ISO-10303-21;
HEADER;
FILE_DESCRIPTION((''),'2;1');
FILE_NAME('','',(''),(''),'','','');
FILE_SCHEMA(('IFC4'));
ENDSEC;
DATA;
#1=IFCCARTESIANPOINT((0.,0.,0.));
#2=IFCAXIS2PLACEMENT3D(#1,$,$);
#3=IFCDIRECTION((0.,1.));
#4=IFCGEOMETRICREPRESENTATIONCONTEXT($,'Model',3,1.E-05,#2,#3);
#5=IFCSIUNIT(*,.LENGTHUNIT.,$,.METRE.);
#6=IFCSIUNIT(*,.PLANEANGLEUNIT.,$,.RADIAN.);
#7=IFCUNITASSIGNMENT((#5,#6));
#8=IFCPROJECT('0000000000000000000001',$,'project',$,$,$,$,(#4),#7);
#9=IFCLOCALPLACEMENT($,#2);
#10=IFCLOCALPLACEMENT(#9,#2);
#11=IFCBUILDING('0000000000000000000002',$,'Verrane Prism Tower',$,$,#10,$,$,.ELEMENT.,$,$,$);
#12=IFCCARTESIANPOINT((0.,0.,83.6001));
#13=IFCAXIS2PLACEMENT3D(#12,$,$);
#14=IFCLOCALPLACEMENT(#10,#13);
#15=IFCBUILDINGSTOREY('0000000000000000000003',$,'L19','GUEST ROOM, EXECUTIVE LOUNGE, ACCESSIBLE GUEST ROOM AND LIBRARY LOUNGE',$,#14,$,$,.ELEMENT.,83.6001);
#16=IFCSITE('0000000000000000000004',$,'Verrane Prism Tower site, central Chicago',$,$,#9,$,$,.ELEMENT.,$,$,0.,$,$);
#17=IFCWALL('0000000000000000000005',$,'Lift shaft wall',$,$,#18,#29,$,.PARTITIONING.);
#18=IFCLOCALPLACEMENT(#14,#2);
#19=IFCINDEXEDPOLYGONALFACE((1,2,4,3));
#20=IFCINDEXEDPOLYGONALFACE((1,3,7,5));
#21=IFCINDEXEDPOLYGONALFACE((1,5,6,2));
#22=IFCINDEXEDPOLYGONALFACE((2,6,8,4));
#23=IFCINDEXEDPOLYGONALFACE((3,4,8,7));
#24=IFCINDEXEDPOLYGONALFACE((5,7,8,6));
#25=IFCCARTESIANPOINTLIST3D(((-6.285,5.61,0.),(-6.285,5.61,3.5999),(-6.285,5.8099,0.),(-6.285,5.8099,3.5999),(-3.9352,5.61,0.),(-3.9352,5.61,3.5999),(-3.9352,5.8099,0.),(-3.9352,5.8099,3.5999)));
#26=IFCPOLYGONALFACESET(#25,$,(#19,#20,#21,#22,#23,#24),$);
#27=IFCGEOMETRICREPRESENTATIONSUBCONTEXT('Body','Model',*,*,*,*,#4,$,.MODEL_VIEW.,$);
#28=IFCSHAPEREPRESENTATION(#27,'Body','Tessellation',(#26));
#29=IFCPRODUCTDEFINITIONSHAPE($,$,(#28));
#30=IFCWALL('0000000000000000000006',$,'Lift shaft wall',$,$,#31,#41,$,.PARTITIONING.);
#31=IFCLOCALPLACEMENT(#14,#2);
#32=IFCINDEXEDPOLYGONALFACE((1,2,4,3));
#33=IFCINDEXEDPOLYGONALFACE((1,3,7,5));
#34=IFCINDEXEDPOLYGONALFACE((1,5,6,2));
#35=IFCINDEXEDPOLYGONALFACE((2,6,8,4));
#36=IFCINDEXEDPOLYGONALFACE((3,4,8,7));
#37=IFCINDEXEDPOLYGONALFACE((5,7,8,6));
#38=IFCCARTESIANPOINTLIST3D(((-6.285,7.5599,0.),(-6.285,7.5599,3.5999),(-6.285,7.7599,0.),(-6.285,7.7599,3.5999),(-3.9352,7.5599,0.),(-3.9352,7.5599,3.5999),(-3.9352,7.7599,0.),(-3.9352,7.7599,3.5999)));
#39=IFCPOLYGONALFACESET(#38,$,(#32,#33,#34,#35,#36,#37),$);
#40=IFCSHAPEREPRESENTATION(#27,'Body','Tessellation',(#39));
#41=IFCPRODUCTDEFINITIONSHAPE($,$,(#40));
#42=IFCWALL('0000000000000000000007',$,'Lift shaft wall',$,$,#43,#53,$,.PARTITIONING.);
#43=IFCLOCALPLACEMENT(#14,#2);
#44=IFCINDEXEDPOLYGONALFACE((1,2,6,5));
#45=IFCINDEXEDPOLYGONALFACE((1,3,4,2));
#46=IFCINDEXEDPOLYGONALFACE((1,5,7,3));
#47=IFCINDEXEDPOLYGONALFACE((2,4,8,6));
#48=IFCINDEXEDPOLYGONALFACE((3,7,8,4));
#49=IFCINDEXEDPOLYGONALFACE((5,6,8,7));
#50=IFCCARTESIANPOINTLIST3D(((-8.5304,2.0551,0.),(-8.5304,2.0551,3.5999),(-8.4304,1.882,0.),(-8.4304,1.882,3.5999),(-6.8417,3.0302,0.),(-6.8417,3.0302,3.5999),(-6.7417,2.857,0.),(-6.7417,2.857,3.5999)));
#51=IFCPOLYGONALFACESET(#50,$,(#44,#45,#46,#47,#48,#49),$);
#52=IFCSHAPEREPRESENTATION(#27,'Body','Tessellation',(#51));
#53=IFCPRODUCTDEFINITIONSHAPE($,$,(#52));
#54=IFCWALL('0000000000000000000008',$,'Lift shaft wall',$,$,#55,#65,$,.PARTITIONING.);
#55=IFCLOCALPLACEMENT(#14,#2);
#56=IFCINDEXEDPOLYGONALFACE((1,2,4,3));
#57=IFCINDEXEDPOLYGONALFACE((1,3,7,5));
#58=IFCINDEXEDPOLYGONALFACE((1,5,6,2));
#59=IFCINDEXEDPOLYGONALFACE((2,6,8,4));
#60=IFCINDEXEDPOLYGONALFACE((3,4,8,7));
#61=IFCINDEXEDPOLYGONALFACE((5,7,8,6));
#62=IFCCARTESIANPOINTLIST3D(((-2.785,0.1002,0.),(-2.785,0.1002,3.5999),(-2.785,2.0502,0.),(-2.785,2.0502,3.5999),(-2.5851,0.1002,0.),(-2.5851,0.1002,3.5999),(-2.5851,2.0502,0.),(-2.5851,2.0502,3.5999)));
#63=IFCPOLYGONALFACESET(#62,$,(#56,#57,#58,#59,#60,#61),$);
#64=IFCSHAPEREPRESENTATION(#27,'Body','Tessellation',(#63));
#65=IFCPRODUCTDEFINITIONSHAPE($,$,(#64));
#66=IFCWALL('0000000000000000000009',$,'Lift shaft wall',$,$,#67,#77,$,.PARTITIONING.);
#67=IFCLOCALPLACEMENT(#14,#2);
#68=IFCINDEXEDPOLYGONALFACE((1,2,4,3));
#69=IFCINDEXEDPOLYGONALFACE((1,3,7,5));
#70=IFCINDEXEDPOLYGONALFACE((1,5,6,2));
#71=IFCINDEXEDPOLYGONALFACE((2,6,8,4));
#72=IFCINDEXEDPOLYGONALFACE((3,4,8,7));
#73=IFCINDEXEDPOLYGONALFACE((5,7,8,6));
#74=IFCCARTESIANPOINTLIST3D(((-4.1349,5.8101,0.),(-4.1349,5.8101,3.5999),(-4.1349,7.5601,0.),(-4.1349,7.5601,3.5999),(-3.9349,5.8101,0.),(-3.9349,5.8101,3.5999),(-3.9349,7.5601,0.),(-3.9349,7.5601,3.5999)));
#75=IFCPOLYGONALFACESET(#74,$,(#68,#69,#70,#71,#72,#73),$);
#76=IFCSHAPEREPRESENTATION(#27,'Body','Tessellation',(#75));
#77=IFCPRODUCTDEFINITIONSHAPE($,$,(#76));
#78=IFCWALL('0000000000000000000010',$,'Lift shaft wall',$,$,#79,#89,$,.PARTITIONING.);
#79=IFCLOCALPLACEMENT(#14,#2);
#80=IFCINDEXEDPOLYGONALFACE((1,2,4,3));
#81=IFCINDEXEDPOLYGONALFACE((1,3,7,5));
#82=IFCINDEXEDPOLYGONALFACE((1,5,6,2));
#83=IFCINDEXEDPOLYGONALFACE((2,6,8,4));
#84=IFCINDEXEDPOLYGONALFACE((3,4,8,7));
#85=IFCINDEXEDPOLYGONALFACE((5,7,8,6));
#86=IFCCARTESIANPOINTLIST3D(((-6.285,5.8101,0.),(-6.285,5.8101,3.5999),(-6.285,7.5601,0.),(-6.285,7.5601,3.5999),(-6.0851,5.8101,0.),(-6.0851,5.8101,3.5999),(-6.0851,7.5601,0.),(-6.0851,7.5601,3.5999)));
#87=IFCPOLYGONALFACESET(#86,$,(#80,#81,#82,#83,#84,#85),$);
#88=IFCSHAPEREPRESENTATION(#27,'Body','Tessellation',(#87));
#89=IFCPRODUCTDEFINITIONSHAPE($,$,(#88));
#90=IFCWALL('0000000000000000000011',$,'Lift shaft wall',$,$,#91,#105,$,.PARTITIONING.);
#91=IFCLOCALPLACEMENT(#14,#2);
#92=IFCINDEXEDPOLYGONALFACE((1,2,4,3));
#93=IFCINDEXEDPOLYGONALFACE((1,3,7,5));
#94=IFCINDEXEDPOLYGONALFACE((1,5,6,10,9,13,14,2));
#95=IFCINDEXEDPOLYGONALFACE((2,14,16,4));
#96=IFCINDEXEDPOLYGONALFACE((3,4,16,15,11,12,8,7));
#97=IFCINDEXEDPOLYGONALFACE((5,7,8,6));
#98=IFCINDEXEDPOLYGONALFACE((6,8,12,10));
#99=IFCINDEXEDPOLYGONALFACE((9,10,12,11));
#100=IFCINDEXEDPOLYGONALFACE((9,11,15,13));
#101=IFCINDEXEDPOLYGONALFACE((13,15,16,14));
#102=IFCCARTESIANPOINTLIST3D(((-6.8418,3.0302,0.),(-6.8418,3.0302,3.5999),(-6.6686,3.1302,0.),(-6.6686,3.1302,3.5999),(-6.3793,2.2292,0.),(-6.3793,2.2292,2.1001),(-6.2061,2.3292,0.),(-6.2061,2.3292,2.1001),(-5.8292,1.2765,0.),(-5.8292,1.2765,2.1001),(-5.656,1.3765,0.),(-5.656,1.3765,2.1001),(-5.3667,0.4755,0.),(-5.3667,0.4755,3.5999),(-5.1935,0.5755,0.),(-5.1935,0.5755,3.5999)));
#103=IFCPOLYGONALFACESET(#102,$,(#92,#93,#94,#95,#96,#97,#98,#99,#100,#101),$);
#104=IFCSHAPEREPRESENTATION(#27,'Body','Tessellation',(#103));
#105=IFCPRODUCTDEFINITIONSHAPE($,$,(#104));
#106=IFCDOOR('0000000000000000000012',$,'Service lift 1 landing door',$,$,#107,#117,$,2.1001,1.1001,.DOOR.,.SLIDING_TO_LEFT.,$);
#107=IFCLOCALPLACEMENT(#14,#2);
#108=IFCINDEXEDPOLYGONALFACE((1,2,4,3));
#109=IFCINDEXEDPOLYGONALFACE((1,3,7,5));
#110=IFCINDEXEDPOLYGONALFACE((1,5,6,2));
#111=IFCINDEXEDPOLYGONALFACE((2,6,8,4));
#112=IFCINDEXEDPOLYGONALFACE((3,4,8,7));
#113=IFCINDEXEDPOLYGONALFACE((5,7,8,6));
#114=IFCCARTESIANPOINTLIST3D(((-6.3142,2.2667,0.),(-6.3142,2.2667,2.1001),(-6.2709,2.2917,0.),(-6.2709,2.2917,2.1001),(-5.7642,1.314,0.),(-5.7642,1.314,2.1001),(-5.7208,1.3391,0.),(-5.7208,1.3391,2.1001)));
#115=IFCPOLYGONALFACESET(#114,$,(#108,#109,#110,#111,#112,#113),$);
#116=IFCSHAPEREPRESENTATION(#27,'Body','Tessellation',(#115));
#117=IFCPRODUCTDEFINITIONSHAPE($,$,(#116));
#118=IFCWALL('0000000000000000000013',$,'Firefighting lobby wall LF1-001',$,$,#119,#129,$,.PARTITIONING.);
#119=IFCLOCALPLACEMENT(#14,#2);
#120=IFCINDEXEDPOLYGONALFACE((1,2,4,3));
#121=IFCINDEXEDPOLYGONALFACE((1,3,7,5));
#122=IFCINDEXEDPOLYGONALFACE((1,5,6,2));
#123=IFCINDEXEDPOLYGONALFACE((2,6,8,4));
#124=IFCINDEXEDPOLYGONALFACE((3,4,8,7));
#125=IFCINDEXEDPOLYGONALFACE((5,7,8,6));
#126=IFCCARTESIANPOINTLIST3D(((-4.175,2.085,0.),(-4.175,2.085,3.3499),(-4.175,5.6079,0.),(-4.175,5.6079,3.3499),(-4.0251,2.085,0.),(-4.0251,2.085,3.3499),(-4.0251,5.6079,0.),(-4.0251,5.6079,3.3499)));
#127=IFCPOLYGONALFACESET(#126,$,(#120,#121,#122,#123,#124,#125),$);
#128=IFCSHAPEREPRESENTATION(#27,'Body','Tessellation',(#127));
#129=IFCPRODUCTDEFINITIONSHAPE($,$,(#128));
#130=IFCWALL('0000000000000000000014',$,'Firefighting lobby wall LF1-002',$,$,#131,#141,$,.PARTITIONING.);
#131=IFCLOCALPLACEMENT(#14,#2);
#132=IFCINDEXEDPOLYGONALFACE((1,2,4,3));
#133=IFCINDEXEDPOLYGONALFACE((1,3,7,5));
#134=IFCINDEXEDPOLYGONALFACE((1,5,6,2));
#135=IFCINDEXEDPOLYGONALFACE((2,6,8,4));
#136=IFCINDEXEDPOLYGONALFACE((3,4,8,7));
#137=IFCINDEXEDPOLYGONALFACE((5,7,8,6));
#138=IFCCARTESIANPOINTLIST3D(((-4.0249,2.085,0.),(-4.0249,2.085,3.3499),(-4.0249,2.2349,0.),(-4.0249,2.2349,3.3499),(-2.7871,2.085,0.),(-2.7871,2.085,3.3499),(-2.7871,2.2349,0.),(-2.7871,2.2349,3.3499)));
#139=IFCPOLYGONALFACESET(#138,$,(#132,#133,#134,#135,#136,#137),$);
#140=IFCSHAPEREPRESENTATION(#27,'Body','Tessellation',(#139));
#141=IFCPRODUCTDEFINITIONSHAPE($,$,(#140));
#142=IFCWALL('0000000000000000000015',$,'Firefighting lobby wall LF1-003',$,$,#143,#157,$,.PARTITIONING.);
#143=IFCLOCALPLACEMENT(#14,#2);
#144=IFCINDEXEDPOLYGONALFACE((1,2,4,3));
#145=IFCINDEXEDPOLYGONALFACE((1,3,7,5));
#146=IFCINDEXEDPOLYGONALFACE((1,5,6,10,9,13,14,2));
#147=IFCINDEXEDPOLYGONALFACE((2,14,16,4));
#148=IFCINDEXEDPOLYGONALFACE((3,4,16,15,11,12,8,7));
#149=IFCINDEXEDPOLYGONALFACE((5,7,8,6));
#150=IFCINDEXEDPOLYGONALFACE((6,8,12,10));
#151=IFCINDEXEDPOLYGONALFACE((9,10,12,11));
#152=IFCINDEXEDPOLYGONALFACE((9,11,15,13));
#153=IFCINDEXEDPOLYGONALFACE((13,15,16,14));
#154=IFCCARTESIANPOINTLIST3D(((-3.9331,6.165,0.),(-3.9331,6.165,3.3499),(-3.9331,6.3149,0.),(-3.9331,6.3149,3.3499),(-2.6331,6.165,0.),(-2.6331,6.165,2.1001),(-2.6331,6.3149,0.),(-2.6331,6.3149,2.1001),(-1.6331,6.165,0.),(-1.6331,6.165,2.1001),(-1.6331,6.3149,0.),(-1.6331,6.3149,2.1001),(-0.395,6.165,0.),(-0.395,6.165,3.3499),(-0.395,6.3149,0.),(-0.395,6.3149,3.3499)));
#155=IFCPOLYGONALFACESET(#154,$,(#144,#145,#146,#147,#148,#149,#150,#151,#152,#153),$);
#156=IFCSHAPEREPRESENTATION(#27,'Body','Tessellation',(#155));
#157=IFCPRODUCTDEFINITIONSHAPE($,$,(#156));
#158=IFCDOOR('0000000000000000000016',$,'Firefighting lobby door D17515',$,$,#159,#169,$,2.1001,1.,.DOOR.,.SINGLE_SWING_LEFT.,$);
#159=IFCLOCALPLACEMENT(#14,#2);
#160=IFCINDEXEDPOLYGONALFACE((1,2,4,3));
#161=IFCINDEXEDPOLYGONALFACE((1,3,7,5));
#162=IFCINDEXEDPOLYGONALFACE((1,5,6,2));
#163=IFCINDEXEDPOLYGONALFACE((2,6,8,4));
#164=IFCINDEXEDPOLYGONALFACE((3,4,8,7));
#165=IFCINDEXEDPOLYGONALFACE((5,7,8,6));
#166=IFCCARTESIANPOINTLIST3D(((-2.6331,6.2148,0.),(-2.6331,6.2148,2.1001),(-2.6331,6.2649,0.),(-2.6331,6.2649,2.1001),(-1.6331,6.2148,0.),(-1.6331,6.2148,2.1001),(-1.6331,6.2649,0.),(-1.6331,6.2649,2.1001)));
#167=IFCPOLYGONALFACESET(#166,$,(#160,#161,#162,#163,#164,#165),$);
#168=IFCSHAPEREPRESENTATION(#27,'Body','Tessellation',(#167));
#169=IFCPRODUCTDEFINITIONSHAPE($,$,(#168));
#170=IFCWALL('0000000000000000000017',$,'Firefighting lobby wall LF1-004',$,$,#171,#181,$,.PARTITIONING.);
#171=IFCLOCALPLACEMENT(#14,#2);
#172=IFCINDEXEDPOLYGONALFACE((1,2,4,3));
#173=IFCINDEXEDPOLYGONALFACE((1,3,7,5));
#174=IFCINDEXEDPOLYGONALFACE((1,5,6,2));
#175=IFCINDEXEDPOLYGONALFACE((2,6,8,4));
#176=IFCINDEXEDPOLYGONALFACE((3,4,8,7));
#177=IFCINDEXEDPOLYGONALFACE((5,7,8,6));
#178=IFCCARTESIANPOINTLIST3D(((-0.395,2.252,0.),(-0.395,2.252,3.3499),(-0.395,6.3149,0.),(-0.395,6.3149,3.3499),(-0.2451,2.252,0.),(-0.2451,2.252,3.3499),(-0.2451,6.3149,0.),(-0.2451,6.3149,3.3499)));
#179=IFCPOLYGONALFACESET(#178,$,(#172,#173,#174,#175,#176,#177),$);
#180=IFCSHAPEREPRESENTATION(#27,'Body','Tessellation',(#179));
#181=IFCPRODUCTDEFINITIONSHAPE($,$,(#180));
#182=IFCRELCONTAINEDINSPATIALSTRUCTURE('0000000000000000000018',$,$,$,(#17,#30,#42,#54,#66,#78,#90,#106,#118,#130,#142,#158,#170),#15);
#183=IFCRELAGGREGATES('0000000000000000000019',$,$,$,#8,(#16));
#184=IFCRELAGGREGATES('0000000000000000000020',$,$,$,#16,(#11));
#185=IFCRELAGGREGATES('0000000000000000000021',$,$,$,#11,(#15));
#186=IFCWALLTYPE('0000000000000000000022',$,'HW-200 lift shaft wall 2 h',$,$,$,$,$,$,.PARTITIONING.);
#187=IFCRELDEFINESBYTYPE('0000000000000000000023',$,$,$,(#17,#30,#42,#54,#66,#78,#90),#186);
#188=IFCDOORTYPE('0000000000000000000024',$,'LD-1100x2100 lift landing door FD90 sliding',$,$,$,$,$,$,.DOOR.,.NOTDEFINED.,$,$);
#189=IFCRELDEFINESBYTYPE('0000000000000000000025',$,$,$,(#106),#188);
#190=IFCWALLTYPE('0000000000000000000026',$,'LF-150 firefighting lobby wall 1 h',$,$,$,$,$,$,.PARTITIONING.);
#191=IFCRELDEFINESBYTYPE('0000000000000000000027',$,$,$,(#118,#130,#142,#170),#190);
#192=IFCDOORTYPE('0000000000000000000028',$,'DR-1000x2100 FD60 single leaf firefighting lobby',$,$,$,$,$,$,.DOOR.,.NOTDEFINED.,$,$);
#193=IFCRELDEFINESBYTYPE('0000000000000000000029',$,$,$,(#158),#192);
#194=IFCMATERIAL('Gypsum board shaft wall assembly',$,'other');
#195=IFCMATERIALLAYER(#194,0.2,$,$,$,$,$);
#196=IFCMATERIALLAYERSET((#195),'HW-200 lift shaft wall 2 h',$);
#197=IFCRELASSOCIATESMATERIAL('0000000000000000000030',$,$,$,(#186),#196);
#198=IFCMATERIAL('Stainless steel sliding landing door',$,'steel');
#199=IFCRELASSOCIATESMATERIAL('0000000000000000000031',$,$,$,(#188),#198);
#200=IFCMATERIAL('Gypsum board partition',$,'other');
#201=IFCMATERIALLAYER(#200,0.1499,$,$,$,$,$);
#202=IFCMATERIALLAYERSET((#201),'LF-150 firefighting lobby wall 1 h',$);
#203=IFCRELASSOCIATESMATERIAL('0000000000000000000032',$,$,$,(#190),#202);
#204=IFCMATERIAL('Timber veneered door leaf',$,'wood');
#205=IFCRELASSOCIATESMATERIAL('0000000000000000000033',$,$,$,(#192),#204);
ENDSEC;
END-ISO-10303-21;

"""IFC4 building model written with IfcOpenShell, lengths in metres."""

from ifc_helpers import new_model, si_unit, direction, frame, frame_2d, origin, place, context, subcontext, project, spatial, rectangle, extrude, material, layer, layer_set, type_object, element, fill, save


model = new_model("IFC4")

# Units and contexts
model_context = context("Model", 3, precision=1e-05, world=origin(), true_north=direction((0.0, 1.0)))
body_context = subcontext(model_context, "Body", "Model", "MODEL_VIEW")
ifc_project = project(units=[si_unit("LENGTHUNIT", "METRE"), si_unit("PLANEANGLEUNIT", "RADIAN")], contexts=[model_context])

# Site, building, storey
site_placement = place(None, origin())
site = spatial("IfcSite", under=ifc_project, at=site_placement, Name="Verrane Prism Tower site, central Chicago", CompositionType="ELEMENT", RefElevation=0.0)
building_placement = place(site_placement, origin())
building = spatial("IfcBuilding", under=site, at=building_placement, Name="Verrane Prism Tower", CompositionType="ELEMENT")
storey_placement = place(building_placement, frame((0.0, 0.0, 83.6001)))
storey = spatial("IfcBuildingStorey", under=building, at=storey_placement, Name="L19", Description="GUEST ROOM, EXECUTIVE LOUNGE, ACCESSIBLE GUEST ROOM AND LIBRARY LOUNGE", CompositionType="ELEMENT", Elevation=83.6001)

# Shared definitions
ifc_material_1 = material(Name="Gypsum board shaft wall assembly", Category="other")
ifc_layer_1 = layer(ifc_material_1, 0.2)
ifc_layer_set_1 = layer_set([ifc_layer_1], Name="HW-200 lift shaft wall 2 h")
wall_type_1 = type_object("IfcWallType", Name="HW-200 lift shaft wall 2 h", PredefinedType="PARTITIONING", material=ifc_layer_set_1)
ifc_material_2 = material(Name="Stainless steel sliding landing door", Category="steel")
door_type_1 = type_object("IfcDoorType", Name="LD-1100x2100 lift landing door FD90 sliding", OperationType="NOTDEFINED", PredefinedType="DOOR", material=ifc_material_2)

# Walls
for number, where, z_axis, x_axis, name in (
    (1, (-6.2849, 5.71, 0.0), (0.0, 0.0, 1.0), (1.0, 0.0, 0.0), "Lift shaft wall"),
    (2, (-6.2849, 7.6599, 0.0), (0.0, 0.0, 1.0), (1.0, 0.0, 0.0), "Lift shaft wall"),
):
    element("IfcWall", number, at=place(storey_placement, frame(where, z_axis=z_axis, x_axis=x_axis)), inside=storey, type_object=wall_type_1, Name=name, PredefinedType="PARTITIONING", context=body_context, shape_type="SweptSolid", body=[
        extrude(rectangle(XDim=2.3499, YDim=0.2, at=frame_2d((1.1748, 0.0))), origin(), (0.0, 0.0, 1.0), 3.5999),
    ])
for number, where, z_axis, x_axis, name in (
    (3, (-8.4805, 1.9685, 0.0), (0.0, 0.0, 1.0), (0.866, 0.500044, 0.0), "Lift shaft wall"),
    (4, (-2.6851, 0.1001, 0.0), (0.0, 0.0, 1.0), (0.0, 1.0, 0.0), "Lift shaft wall"),
):
    element("IfcWall", number, at=place(storey_placement, frame(where, z_axis=z_axis, x_axis=x_axis)), inside=storey, type_object=wall_type_1, Name=name, PredefinedType="PARTITIONING", context=body_context, shape_type="SweptSolid", body=[
        extrude(rectangle(XDim=1.95, YDim=0.2, at=frame_2d((0.9751, 0.0))), origin(), (0.0, 0.0, 1.0), 3.5999),
    ])
for number, where, z_axis, x_axis, name in (
    (5, (-4.0349, 5.8101, 0.0), (0.0, 0.0, 1.0), (0.0, 1.0, 0.0), "Lift shaft wall"),
    (6, (-6.1851, 5.8101, 0.0), (0.0, 0.0, 1.0), (0.0, 1.0, 0.0), "Lift shaft wall"),
):
    element("IfcWall", number, at=place(storey_placement, frame(where, z_axis=z_axis, x_axis=x_axis)), inside=storey, type_object=wall_type_1, Name=name, PredefinedType="PARTITIONING", context=body_context, shape_type="SweptSolid", body=[
        extrude(rectangle(XDim=1.75, YDim=0.2, at=frame_2d((0.875, 0.0))), origin(), (0.0, 0.0, 1.0), 3.5999),
    ])

# Wall, opening, door
wall_1_placement = place(storey_placement, frame((-5.28, 0.5254, 0.0), z_axis=(0.0, 0.0, 1.0), x_axis=(-0.500038, 0.866004, 0.0)))
wall_1 = element("IfcWall", 7, at=wall_1_placement, inside=storey, type_object=wall_type_1, Name="Lift shaft wall", PredefinedType="PARTITIONING", context=body_context, shape_type="SweptSolid", body=[
    extrude(rectangle(XDim=2.95, YDim=0.2, at=frame_2d((1.4751, 0.0))), origin(), (0.0, 0.0, 1.0), 3.5999),
])
opening_1_placement = place(wall_1_placement, frame((0.925, 0.0, 0.0)))
opening_1 = element("IfcOpeningElement", 8, at=opening_1_placement, cuts=wall_1, PredefinedType="OPENING", context=body_context, shape_type="SweptSolid", body=[
    extrude(rectangle(XDim=1.1001, YDim=2.1001, at=frame_2d((0.55, 1.05))), frame((0.0, 0.1099, 0.0), z_axis=(0.0, -1.0, 0.0), x_axis=(1.0, 0.0, 0.0)), (0.0, 0.0, 1.0), 0.22),
])
door_1_placement = place(opening_1_placement, origin())
door_1 = element("IfcDoor", 9, at=door_1_placement, inside=storey, type_object=door_type_1, Name="Service lift 1 landing door", OperationType="SLIDING_TO_LEFT", OverallHeight=2.1001, OverallWidth=1.1001, PredefinedType="DOOR", context=body_context, shape_type="SweptSolid", body=[
    extrude(rectangle(XDim=1.1001, YDim=2.1001, at=frame_2d((0.55, 1.05))), frame((0.0, 0.0249, 0.0), z_axis=(0.0, -1.0, 0.0), x_axis=(1.0, 0.0, 0.0)), (0.0, 0.0, 1.0), 0.05),
])
fill(opening_1, door_1)

# Walls
ifc_material_3 = material(Name="Gypsum board partition", Category="other")
ifc_layer_2 = layer(ifc_material_3, 0.1499)
ifc_layer_set_2 = layer_set([ifc_layer_2], Name="LF-150 firefighting lobby wall 1 h")
wall_type_2 = type_object("IfcWallType", Name="LF-150 firefighting lobby wall 1 h", PredefinedType="PARTITIONING", material=ifc_layer_set_2)
wall_2_placement = place(storey_placement, frame((-4.1001, 2.085, 0.0), z_axis=(0.0, 0.0, 1.0), x_axis=(0.0, 1.0, 0.0)))
element("IfcWall", 10, at=wall_2_placement, inside=storey, type_object=wall_type_2, Name="Firefighting lobby wall LF1-001", PredefinedType="PARTITIONING", context=body_context, shape_type="SweptSolid", body=[
    extrude(rectangle(XDim=3.5229, YDim=0.1499, at=frame_2d((1.7615, 0.0))), origin(), (0.0, 0.0, 1.0), 3.3499),
])
wall_3_placement = place(storey_placement, frame((-4.0249, 2.1599, 0.0), z_axis=(0.0, 0.0, 1.0), x_axis=(1.0, 0.0, 0.0)))
element("IfcWall", 11, at=wall_3_placement, inside=storey, type_object=wall_type_2, Name="Firefighting lobby wall LF1-002", PredefinedType="PARTITIONING", context=body_context, shape_type="SweptSolid", body=[
    extrude(rectangle(XDim=1.2378, YDim=0.1499, at=frame_2d((0.6189, 0.0))), origin(), (0.0, 0.0, 1.0), 3.3499),
])

# Wall, opening, door
wall_4_placement = place(storey_placement, frame((-3.9331, 6.24, 0.0), z_axis=(0.0, 0.0, 1.0), x_axis=(1.0, 0.0, 0.0)))
wall_4 = element("IfcWall", 12, at=wall_4_placement, inside=storey, type_object=wall_type_2, Name="Firefighting lobby wall LF1-003", PredefinedType="PARTITIONING", context=body_context, shape_type="SweptSolid", body=[
    extrude(rectangle(XDim=3.5381, YDim=0.1499, at=frame_2d((1.769, 0.0))), origin(), (0.0, 0.0, 1.0), 3.3499),
])
opening_2_placement = place(wall_4_placement, frame((1.3, 0.0, 0.0)))
opening_2 = element("IfcOpeningElement", 13, at=opening_2_placement, cuts=wall_4, PredefinedType="OPENING", context=body_context, shape_type="SweptSolid", body=[
    extrude(rectangle(XDim=1.0, YDim=2.1001, at=frame_2d((0.5, 1.05))), frame((0.0, 0.085, 0.0), z_axis=(0.0, -1.0, 0.0), x_axis=(1.0, 0.0, 0.0)), (0.0, 0.0, 1.0), 0.1699),
])
ifc_material_4 = material(Name="Timber veneered door leaf", Category="wood")
door_type_2 = type_object("IfcDoorType", Name="DR-1000x2100 FD60 single leaf firefighting lobby", OperationType="NOTDEFINED", PredefinedType="DOOR", material=ifc_material_4)
door_2_placement = place(opening_2_placement, origin())
door_2 = element("IfcDoor", 14, at=door_2_placement, inside=storey, type_object=door_type_2, Name="Firefighting lobby door D17515", OperationType="SINGLE_SWING_LEFT", OverallHeight=2.1001, OverallWidth=1.0, PredefinedType="DOOR", context=body_context, shape_type="SweptSolid", body=[
    extrude(rectangle(XDim=1.0, YDim=2.1001, at=frame_2d((0.5, 1.05))), frame((0.0, 0.0249, 0.0), z_axis=(0.0, -1.0, 0.0), x_axis=(1.0, 0.0, 0.0)), (0.0, 0.0, 1.0), 0.05),
])
fill(opening_2, door_2)

# Wall
wall_5_placement = place(storey_placement, frame((-0.3201, 2.252, 0.0), z_axis=(0.0, 0.0, 1.0), x_axis=(0.0, 1.0, 0.0)))
element("IfcWall", 15, at=wall_5_placement, inside=storey, type_object=wall_type_2, Name="Firefighting lobby wall LF1-004", PredefinedType="PARTITIONING", context=body_context, shape_type="SweptSolid", body=[
    extrude(rectangle(XDim=4.063, YDim=0.1499, at=frame_2d((2.0315, 0.0))), origin(), (0.0, 0.0, 1.0), 3.3499),
])

save(model, "model.ifc")
